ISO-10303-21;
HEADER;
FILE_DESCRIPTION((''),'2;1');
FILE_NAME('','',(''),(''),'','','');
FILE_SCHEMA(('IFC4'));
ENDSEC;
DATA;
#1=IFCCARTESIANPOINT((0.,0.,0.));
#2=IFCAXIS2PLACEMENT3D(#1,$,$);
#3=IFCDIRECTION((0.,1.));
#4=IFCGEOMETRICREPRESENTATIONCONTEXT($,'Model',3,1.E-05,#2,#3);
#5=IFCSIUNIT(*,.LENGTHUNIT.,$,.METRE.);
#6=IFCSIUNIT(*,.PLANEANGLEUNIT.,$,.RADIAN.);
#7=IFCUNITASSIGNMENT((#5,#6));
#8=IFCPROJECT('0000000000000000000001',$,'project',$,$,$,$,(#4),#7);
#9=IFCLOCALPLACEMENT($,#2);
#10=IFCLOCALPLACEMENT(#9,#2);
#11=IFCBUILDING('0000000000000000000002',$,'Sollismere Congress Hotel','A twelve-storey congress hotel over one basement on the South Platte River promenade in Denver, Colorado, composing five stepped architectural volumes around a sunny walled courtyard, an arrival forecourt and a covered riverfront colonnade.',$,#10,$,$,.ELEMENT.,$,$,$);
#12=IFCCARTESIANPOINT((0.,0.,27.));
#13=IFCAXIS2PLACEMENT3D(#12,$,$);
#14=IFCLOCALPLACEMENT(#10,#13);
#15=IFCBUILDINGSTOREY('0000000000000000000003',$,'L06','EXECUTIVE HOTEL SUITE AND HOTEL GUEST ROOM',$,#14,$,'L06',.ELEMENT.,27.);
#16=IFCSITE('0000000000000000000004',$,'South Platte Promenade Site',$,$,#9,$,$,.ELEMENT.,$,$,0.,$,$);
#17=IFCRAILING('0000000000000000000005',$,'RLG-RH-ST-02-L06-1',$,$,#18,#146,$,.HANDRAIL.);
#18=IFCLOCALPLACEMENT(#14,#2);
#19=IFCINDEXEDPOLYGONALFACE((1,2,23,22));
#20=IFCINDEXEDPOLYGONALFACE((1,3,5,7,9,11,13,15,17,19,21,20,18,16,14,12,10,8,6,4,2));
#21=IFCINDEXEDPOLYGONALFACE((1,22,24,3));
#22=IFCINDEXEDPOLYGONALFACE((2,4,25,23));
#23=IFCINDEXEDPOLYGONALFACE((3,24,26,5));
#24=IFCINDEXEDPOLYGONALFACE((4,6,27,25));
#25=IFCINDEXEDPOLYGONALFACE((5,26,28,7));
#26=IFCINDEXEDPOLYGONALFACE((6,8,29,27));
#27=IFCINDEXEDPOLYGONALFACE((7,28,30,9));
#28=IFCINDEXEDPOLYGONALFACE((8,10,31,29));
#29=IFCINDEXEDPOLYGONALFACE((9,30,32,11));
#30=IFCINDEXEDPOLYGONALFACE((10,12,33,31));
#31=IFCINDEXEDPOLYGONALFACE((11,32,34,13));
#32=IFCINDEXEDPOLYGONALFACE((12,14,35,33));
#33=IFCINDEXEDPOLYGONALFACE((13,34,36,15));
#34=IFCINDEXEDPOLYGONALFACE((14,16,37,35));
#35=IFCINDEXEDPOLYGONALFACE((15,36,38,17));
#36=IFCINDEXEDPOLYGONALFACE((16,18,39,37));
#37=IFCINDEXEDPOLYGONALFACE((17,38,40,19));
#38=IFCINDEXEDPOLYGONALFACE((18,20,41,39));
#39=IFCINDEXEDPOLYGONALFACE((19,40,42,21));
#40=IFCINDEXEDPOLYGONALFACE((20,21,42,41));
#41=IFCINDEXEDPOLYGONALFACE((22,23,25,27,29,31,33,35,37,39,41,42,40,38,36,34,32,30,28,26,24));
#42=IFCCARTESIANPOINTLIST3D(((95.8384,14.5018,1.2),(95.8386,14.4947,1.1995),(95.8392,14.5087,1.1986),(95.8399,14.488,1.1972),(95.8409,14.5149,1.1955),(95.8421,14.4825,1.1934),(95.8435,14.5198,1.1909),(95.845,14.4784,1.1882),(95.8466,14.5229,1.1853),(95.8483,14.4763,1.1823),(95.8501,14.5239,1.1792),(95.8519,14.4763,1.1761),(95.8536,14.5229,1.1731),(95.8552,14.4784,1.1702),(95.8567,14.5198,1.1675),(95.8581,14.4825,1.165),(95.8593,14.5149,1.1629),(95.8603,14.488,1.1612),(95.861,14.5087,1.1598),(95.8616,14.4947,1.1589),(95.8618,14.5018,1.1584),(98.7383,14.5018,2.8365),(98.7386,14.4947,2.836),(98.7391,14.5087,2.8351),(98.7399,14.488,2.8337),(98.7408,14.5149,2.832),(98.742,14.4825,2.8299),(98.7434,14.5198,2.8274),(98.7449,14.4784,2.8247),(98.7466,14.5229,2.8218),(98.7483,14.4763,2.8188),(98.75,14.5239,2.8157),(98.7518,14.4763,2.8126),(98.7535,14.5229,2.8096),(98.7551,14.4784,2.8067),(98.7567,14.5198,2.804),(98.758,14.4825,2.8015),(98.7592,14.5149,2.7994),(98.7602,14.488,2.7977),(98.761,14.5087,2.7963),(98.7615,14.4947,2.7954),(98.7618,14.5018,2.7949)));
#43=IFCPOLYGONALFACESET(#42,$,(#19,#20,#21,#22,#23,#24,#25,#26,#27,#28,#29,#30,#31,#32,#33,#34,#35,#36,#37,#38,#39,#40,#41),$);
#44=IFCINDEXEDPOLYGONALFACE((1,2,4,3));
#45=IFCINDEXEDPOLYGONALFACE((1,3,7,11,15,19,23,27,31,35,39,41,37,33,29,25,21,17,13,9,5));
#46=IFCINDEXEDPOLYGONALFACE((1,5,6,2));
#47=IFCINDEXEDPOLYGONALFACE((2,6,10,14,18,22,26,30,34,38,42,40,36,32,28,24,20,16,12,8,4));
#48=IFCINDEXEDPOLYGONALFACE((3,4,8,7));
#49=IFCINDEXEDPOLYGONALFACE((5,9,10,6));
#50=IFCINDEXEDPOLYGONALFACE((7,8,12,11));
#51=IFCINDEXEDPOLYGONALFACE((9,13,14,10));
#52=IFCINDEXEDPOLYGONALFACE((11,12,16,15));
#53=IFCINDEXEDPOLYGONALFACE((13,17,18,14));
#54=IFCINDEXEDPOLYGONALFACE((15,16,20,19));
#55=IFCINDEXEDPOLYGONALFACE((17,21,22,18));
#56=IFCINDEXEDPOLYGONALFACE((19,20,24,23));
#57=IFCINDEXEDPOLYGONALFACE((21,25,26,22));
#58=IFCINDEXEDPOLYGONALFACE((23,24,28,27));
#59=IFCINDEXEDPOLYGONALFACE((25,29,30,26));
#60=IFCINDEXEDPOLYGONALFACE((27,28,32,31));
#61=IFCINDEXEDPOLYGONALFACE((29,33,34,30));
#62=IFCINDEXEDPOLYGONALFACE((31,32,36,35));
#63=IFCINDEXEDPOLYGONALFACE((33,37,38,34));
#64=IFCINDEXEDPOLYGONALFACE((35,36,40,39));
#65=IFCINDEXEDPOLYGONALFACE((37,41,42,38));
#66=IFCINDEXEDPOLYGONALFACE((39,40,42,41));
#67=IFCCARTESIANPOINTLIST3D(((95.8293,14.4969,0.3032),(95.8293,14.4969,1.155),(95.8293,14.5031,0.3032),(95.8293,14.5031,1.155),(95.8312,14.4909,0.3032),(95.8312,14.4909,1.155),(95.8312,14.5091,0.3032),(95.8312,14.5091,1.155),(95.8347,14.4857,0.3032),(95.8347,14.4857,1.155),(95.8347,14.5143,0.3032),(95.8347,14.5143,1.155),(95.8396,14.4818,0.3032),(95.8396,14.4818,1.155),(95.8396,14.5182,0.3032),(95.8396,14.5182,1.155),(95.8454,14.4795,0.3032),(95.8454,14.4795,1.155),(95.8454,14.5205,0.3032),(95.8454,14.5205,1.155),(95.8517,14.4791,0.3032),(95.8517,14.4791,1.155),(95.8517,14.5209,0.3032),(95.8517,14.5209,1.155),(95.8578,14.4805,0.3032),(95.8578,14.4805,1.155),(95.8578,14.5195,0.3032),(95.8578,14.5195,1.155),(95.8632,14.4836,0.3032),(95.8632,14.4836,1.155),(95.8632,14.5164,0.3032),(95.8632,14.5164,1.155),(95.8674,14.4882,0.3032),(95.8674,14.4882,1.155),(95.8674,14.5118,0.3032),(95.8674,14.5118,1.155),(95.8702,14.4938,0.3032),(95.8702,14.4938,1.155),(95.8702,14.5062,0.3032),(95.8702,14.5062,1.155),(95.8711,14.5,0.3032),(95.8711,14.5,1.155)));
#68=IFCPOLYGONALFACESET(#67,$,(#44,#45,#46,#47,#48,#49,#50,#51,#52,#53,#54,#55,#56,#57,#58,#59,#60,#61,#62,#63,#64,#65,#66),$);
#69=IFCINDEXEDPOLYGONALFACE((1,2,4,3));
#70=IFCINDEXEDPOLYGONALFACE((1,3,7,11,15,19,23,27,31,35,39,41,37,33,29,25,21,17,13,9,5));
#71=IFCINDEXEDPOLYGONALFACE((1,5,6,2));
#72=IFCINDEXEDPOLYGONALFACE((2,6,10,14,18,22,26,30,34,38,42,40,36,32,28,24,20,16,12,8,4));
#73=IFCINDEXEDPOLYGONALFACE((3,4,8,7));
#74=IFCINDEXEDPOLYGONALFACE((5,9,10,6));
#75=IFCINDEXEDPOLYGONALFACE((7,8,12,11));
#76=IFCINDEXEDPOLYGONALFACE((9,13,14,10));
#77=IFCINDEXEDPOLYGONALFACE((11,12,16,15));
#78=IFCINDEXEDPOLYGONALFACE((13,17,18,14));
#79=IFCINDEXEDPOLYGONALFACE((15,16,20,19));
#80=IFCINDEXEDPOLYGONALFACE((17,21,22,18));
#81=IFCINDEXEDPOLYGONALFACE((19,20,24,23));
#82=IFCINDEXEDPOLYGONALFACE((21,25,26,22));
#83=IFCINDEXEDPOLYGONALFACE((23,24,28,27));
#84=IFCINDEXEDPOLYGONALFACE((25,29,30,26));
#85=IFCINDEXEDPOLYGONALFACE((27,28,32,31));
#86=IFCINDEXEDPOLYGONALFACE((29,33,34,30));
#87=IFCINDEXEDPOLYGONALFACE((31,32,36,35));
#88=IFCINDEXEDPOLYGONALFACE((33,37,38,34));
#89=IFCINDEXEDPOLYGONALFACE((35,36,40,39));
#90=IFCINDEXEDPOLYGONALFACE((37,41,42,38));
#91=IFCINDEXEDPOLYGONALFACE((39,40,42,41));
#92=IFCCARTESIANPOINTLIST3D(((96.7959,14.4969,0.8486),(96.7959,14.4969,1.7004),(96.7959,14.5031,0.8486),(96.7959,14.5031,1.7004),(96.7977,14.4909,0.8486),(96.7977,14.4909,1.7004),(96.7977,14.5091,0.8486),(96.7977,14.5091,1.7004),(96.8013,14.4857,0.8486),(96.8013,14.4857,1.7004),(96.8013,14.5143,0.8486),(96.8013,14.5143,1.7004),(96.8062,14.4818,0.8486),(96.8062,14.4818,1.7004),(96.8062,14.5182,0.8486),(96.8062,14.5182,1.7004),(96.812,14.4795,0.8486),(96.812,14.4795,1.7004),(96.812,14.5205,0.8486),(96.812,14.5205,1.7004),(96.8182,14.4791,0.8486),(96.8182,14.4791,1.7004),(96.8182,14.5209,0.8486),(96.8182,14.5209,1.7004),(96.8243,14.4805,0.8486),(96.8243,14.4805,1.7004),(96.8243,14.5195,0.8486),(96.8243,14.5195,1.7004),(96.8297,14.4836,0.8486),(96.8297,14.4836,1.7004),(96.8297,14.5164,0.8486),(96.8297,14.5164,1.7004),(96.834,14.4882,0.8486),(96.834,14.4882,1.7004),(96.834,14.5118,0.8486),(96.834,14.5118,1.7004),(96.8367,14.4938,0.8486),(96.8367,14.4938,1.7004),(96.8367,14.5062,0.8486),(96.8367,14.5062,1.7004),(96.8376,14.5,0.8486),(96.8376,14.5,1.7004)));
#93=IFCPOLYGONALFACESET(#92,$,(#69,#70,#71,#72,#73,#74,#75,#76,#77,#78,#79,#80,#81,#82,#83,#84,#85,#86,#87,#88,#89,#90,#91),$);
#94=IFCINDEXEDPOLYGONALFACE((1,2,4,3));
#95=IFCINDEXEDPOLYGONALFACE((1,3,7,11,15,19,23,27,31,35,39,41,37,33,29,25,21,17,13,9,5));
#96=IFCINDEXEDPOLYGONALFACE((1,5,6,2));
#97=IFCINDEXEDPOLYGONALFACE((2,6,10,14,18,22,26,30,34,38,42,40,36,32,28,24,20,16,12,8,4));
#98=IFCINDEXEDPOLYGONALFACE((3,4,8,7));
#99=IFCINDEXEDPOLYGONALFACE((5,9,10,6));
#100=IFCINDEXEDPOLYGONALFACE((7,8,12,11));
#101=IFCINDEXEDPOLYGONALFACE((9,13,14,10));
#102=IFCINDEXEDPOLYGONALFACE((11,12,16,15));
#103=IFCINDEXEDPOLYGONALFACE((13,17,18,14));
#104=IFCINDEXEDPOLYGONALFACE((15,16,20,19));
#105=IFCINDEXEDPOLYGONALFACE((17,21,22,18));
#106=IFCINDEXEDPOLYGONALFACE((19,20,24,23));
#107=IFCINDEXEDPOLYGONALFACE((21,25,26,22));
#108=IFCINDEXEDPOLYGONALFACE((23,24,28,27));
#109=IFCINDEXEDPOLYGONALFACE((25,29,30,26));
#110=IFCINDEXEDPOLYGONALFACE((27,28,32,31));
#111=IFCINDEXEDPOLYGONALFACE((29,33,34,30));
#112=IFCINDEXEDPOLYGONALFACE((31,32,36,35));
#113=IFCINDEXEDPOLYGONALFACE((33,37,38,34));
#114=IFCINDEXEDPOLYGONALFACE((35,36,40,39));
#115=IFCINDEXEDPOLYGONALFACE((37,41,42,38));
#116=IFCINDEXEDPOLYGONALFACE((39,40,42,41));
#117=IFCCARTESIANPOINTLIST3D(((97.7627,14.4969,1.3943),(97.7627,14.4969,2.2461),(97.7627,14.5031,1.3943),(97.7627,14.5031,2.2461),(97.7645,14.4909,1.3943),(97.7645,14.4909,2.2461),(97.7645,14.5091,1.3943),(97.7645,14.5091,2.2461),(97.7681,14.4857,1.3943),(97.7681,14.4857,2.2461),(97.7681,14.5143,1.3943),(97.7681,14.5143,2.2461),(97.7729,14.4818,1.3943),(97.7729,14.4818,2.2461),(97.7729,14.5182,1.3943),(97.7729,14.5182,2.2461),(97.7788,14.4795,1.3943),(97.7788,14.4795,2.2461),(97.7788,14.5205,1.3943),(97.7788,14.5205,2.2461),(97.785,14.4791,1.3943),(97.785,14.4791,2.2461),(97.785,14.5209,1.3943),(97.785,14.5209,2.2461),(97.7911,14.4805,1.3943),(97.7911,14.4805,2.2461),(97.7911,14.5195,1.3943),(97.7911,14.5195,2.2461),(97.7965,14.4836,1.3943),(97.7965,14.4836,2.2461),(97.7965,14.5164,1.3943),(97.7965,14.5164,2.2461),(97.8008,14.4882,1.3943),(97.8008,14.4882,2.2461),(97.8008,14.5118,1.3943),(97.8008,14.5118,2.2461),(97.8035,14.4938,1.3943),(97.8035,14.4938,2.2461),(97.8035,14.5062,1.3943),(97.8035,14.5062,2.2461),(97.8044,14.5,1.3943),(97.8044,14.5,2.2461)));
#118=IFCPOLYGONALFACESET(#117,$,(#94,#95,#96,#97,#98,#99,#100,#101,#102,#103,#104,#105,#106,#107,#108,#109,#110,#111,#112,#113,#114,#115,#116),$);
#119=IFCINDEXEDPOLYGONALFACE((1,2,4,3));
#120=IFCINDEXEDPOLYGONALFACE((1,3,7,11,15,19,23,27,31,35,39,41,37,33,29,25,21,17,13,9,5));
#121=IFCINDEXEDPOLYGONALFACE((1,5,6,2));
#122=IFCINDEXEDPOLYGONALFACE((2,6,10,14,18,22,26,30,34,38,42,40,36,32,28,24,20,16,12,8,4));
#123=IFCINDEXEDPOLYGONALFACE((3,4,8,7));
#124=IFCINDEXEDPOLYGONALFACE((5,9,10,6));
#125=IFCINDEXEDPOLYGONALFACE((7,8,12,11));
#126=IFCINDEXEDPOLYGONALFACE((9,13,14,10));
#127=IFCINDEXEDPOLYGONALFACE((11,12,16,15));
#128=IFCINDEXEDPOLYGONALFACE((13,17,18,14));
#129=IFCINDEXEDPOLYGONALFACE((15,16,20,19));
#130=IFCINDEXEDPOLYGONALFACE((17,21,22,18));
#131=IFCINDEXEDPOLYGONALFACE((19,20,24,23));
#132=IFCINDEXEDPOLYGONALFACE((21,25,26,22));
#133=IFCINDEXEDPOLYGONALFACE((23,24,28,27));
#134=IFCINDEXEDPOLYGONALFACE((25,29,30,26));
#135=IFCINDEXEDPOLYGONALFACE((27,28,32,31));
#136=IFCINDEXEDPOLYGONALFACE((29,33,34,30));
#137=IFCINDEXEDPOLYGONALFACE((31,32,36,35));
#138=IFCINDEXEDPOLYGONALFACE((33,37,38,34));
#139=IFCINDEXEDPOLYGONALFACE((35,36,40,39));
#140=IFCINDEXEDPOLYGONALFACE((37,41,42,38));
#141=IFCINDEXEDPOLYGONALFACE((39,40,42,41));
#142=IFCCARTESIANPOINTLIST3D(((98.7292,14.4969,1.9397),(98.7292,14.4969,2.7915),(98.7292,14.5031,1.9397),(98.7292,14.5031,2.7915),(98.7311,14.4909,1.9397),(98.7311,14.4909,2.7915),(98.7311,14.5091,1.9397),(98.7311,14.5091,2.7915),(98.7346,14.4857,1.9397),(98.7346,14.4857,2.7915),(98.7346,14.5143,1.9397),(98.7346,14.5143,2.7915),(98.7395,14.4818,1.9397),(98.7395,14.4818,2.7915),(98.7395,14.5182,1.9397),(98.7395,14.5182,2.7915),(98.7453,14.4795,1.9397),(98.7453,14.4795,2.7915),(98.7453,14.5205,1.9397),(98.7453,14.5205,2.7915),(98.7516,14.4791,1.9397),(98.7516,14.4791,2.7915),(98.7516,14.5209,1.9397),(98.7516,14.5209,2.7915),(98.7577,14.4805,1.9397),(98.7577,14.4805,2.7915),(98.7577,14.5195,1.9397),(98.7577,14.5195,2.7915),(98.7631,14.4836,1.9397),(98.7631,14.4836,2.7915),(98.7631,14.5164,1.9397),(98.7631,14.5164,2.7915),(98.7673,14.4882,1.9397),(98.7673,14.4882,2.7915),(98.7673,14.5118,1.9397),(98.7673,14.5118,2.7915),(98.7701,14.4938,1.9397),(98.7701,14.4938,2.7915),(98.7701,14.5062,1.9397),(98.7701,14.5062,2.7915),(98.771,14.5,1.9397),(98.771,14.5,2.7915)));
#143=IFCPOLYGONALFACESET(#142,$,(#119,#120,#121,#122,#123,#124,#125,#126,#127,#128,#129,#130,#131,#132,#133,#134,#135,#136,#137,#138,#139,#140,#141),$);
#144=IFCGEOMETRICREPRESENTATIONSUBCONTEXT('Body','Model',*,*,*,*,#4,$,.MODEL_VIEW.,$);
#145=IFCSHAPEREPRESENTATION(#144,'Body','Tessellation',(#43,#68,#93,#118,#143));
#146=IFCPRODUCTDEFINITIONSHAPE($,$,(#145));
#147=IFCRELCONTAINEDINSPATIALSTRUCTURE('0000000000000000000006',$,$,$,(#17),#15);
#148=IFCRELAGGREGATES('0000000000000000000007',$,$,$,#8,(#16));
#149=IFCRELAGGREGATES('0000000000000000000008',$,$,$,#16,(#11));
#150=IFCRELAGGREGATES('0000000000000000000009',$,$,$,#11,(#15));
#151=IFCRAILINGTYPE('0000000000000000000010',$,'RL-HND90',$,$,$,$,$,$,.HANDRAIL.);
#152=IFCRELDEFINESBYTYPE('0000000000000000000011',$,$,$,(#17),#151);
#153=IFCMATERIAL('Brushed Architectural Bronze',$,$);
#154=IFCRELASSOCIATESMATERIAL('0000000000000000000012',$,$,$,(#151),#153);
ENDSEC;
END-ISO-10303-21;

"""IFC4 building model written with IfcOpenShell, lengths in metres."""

from ifc_helpers import new_model, si_unit, direction, frame, origin, origin_2d, place, context, subcontext, project, spatial, circle, extrude, material, type_object, element, save


model = new_model("IFC4")

# Units and contexts
model_context = context("Model", 3, precision=1e-05, world=origin(), true_north=direction((0.0, 1.0)))
body_context = subcontext(model_context, "Body", "Model", "MODEL_VIEW")
ifc_project = project(units=[si_unit("LENGTHUNIT", "METRE"), si_unit("PLANEANGLEUNIT", "RADIAN")], contexts=[model_context])

# Site, building, storey
site_placement = place(None, origin())
site = spatial("IfcSite", under=ifc_project, at=site_placement, Name="South Platte Promenade Site", CompositionType="ELEMENT", RefElevation=0.0)
building_placement = place(site_placement, origin())
building = spatial("IfcBuilding", under=site, at=building_placement, Name="Sollismere Congress Hotel", Description="A twelve-storey congress hotel over one basement on the South Platte River promenade in Denver, Colorado, composing five stepped architectural volumes around a sunny walled courtyard, an arrival forecourt and a covered riverfront colonnade.", CompositionType="ELEMENT")
storey_placement = place(building_placement, frame((0.0, 0.0, 27.0)))
storey = spatial("IfcBuildingStorey", under=building, at=storey_placement, Name="L06", Description="EXECUTIVE HOTEL SUITE AND HOTEL GUEST ROOM", LongName="L06", CompositionType="ELEMENT", Elevation=27.0)

# Railing
ifc_material_1 = material(Name="Brushed Architectural Bronze")
railing_type_1 = type_object("IfcRailingType", Name="RL-HND90", PredefinedType="HANDRAIL", material=ifc_material_1)
railing_1_placement = place(storey_placement, frame((95.8501, 14.5, 0.3032)))
element("IfcRailing", 1, at=railing_1_placement, inside=storey, type_object=railing_type_1, Name="RLG-RH-ST-02-L06-1", PredefinedType="HANDRAIL", context=body_context, shape_type="SweptSolid", body=[
    extrude(circle(Radius=0.0239, at=origin_2d()), frame((0.0, 0.0, 0.876), z_axis=(0.870897, 0.0, 0.491465), x_axis=(0.0, 1.0, 0.0)), (0.0, 0.0, 1.0), 3.3298),
    extrude(circle(Radius=0.021, at=origin_2d()), origin(), (0.0, 0.0, 1.0), 0.8518),
    extrude(circle(Radius=0.021, at=origin_2d()), frame((0.9666, 0.0, 0.5454)), (0.0, 0.0, 1.0), 0.8518),
    extrude(circle(Radius=0.021, at=origin_2d()), frame((1.9333, 0.0, 1.0911)), (0.0, 0.0, 1.0), 0.8518),
    extrude(circle(Radius=0.021, at=origin_2d()), frame((2.8999, 0.0, 1.6365)), (0.0, 0.0, 1.0), 0.8518),
])

save(model, "model.ifc")
